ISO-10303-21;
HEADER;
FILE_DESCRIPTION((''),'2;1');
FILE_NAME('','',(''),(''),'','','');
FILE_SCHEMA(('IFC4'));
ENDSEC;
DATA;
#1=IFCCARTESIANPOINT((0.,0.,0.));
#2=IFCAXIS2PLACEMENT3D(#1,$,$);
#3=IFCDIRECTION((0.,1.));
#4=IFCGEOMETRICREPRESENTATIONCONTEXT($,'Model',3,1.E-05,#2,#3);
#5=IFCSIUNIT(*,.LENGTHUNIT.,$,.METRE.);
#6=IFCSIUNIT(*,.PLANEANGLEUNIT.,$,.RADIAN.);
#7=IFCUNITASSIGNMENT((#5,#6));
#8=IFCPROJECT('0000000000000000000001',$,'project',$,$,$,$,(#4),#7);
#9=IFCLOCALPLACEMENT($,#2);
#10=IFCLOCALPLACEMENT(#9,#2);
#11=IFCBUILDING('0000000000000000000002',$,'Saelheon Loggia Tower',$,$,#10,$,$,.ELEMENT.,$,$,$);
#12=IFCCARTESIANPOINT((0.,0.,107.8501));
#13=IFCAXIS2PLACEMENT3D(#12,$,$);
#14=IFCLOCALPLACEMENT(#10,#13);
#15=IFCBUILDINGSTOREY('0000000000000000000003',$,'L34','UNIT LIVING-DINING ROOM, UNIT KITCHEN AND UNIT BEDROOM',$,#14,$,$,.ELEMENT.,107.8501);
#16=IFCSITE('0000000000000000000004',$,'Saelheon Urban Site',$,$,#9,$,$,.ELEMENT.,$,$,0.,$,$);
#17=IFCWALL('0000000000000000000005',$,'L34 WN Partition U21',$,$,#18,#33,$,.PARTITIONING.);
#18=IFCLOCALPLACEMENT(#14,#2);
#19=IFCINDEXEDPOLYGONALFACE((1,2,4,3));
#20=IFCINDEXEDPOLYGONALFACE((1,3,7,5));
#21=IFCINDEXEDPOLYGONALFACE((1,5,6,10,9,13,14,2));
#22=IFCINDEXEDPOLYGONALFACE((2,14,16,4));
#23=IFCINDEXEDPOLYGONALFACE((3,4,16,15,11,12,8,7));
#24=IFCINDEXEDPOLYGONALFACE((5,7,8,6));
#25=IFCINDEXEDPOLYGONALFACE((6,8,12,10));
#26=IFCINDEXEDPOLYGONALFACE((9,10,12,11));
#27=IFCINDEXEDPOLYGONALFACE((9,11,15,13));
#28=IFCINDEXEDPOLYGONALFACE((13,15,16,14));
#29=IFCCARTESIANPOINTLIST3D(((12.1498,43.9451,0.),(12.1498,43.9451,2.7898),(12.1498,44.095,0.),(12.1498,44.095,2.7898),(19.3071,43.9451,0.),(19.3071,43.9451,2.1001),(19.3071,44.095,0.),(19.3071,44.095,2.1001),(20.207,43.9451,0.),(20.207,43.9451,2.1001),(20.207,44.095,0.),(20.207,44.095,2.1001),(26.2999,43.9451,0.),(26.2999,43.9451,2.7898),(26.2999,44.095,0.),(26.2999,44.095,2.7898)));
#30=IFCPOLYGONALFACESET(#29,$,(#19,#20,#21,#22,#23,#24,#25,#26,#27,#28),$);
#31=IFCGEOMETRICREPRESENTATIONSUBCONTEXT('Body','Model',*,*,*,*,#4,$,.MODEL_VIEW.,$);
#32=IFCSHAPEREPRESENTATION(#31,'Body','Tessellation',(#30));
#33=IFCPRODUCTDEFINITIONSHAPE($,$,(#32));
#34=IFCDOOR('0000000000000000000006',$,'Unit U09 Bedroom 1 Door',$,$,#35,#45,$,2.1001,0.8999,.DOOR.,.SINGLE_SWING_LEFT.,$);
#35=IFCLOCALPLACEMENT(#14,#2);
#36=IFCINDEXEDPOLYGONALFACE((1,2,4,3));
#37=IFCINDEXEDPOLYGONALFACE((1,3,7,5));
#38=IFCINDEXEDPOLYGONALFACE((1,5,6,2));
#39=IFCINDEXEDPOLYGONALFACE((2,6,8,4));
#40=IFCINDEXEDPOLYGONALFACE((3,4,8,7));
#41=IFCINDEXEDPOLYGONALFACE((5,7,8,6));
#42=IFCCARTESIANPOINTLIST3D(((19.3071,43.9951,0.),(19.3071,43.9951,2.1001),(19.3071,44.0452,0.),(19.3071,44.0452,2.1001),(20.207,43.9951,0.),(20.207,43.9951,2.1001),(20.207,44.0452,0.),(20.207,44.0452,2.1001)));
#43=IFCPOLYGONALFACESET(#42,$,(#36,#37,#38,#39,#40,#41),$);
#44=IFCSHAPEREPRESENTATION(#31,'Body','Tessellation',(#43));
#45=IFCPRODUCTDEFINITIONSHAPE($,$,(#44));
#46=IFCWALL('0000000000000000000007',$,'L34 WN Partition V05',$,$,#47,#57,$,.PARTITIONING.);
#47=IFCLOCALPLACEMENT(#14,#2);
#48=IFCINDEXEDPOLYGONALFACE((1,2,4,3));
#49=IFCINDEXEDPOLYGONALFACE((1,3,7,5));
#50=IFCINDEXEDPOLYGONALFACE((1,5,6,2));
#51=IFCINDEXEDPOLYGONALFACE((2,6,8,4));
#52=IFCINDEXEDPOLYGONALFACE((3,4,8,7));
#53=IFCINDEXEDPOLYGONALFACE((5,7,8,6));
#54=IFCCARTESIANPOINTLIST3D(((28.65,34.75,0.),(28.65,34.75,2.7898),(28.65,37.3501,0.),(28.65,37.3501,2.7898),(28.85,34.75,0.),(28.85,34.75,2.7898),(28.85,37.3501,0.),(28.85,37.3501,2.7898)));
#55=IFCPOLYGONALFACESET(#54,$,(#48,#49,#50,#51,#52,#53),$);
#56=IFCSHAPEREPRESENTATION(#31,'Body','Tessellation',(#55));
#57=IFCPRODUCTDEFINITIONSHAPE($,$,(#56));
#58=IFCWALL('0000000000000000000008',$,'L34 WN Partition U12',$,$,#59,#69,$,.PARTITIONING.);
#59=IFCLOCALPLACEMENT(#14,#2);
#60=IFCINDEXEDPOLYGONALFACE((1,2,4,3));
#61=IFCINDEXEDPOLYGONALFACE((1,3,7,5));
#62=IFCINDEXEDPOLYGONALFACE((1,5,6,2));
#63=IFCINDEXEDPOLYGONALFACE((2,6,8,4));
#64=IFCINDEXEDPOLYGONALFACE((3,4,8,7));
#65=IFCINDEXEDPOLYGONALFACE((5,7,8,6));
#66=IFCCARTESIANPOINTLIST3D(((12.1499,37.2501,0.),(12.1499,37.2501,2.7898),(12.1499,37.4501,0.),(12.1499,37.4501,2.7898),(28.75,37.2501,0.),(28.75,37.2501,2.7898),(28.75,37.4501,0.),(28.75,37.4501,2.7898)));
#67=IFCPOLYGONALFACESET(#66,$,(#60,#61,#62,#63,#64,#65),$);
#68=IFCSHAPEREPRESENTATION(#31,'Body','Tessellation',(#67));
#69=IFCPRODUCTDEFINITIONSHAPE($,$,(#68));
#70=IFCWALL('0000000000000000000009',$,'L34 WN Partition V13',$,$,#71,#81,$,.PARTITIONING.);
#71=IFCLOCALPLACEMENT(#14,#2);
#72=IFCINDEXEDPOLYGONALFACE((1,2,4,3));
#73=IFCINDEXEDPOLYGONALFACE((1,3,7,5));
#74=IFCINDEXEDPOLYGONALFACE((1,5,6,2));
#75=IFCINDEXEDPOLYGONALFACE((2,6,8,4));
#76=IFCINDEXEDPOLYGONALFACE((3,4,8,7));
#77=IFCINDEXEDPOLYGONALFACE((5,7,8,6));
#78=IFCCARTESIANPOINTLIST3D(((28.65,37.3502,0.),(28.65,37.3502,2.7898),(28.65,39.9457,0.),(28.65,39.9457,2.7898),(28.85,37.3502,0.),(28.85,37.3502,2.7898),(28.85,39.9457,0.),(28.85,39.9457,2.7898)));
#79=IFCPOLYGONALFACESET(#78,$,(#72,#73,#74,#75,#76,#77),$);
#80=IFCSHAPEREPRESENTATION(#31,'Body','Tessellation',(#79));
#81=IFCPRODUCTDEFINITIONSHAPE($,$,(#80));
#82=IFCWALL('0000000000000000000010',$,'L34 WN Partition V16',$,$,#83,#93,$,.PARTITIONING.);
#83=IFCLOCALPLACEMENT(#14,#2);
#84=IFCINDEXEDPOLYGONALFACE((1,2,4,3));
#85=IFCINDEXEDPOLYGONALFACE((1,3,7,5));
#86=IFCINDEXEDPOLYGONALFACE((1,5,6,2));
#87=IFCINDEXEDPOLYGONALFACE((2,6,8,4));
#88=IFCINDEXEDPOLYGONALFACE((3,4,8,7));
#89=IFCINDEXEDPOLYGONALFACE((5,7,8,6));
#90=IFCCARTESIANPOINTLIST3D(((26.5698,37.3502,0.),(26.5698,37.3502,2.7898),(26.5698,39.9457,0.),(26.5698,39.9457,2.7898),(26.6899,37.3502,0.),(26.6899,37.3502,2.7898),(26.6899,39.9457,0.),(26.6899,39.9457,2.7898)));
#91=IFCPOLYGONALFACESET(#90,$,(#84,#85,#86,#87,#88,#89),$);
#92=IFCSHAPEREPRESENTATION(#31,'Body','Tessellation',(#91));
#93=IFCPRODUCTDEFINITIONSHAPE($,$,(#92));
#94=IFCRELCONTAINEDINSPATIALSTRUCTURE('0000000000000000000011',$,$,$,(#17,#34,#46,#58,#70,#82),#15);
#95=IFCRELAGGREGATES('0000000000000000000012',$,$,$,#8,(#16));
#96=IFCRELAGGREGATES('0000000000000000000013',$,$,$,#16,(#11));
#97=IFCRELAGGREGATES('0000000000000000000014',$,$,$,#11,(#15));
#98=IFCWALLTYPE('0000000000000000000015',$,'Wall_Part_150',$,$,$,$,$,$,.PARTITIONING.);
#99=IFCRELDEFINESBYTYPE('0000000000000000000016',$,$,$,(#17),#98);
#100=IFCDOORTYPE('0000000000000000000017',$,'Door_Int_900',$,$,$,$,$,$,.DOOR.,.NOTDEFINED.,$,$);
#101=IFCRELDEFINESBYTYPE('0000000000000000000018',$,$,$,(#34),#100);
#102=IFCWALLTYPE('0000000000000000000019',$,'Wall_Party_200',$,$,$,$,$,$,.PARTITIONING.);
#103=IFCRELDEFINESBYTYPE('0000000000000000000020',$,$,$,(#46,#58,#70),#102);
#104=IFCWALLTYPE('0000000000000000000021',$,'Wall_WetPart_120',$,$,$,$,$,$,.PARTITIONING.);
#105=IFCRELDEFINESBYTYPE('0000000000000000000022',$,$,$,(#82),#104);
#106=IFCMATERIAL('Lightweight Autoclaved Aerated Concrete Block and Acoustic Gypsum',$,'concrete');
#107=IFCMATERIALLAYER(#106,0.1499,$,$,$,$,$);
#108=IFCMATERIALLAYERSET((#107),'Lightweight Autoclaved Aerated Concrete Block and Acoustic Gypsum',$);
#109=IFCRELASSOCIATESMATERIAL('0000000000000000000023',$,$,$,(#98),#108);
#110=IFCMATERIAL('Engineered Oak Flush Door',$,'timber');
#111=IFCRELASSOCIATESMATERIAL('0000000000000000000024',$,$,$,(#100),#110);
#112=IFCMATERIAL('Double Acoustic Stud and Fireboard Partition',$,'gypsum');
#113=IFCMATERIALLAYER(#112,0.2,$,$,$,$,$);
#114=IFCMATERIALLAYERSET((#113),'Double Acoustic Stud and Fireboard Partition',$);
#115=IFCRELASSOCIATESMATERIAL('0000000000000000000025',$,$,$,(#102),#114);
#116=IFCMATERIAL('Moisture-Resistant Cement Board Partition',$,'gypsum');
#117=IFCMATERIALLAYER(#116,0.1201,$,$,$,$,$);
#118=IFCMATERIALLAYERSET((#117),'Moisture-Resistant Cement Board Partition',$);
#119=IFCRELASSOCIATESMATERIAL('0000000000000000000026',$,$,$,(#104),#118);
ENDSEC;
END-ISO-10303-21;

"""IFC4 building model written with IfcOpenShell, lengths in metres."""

from ifc_helpers import new_model, si_unit, direction, frame, frame_2d, origin, place, context, subcontext, project, spatial, rectangle, extrude, source, transform, mapped, material, layer, layer_set, type_object, element, fill, save


model = new_model("IFC4")

# Units and contexts
model_context = context("Model", 3, precision=1e-05, world=origin(), true_north=direction((0.0, 1.0)))
body_context = subcontext(model_context, "Body", "Model", "MODEL_VIEW")
ifc_project = project(units=[si_unit("LENGTHUNIT", "METRE"), si_unit("PLANEANGLEUNIT", "RADIAN")], contexts=[model_context])

# Site, building, storey
site_placement = place(None, origin())
site = spatial("IfcSite", under=ifc_project, at=site_placement, Name="Saelheon Urban Site", CompositionType="ELEMENT", RefElevation=0.0)
building_placement = place(site_placement, origin())
building = spatial("IfcBuilding", under=site, at=building_placement, Name="Saelheon Loggia Tower", CompositionType="ELEMENT")
storey_placement = place(building_placement, frame((0.0, 0.0, 107.8501)))
storey = spatial("IfcBuildingStorey", under=building, at=storey_placement, Name="L34", Description="UNIT LIVING-DINING ROOM, UNIT KITCHEN AND UNIT BEDROOM", CompositionType="ELEMENT", Elevation=107.8501)

# Shared definitions
ifc_material_1 = material(Name="Lightweight Autoclaved Aerated Concrete Block and Acoustic Gypsum", Category="concrete")
ifc_layer_1 = layer(ifc_material_1, 0.1499)
ifc_layer_set_1 = layer_set([ifc_layer_1], Name="Lightweight Autoclaved Aerated Concrete Block and Acoustic Gypsum")
wall_type_1 = type_object("IfcWallType", Name="Wall_Part_150", PredefinedType="PARTITIONING", material=ifc_layer_set_1)
ifc_material_2 = material(Name="Engineered Oak Flush Door", Category="timber")
door_type = type_object("IfcDoorType", Name="Door_Int_900", OperationType="NOTDEFINED", PredefinedType="DOOR", material=ifc_material_2)
shared_shape_1 = source(origin(), body_context, "Body", "SweptSolid", [
    extrude(rectangle(XDim=0.8999, YDim=2.1001, at=frame_2d((0.45, 1.05))), frame((0.0, 0.0249, 0.0), z_axis=(0.0, -1.0, 0.0), x_axis=(1.0, 0.0, 0.0)), (0.0, 0.0, 1.0), 0.05),
])

# Wall, opening, door
wall_1_placement = place(storey_placement, frame((26.3, 44.02, 0.0), z_axis=(0.0, 0.0, 1.0), x_axis=(-1.0, 0.0, 0.0)))
wall_1 = element("IfcWall", 1, at=wall_1_placement, inside=storey, type_object=wall_type_1, Name="L34 WN Partition U21", PredefinedType="PARTITIONING", context=body_context, shape_type="SweptSolid", body=[
    extrude(rectangle(XDim=14.1501, YDim=0.1499, at=frame_2d((7.0752, 0.0))), origin(), (0.0, 0.0, 1.0), 2.7898),
])
opening_1_placement = place(wall_1_placement, frame((6.093, 0.0, 0.0)))
opening_1 = element("IfcOpeningElement", 2, at=opening_1_placement, cuts=wall_1, PredefinedType="OPENING", context=body_context, shape_type="SweptSolid", body=[
    extrude(rectangle(XDim=0.8999, YDim=2.1001, at=frame_2d((0.45, 1.05))), frame((0.0, 0.0869, 0.0), z_axis=(0.0, -1.0, 0.0), x_axis=(1.0, 0.0, 0.0)), (0.0, 0.0, 1.0), 0.1738),
])
door_1_placement = place(opening_1_placement, origin())
door_1 = element("IfcDoor", 3, at=door_1_placement, inside=storey, type_object=door_type, Name="Unit U09 Bedroom 1 Door", OperationType="SINGLE_SWING_LEFT", OverallHeight=2.1001, OverallWidth=0.8999, PredefinedType="DOOR", context=body_context, shape_type="MappedRepresentation", body=[
    mapped(shared_shape_1, transform((0.0, 0.0, 0.0), scale=1.0)),
])
fill(opening_1, door_1)

# Walls
ifc_material_3 = material(Name="Double Acoustic Stud and Fireboard Partition", Category="gypsum")
ifc_layer_2 = layer(ifc_material_3, 0.2)
ifc_layer_set_2 = layer_set([ifc_layer_2], Name="Double Acoustic Stud and Fireboard Partition")
wall_type_2 = type_object("IfcWallType", Name="Wall_Party_200", PredefinedType="PARTITIONING", material=ifc_layer_set_2)
wall_2_placement = place(storey_placement, frame((28.75, 34.75, 0.0), z_axis=(0.0, 0.0, 1.0), x_axis=(0.0, 1.0, 0.0)))
element("IfcWall", 4, at=wall_2_placement, inside=storey, type_object=wall_type_2, Name="L34 WN Partition V05", PredefinedType="PARTITIONING", context=body_context, shape_type="SweptSolid", body=[
    extrude(rectangle(XDim=2.6001, YDim=0.2, at=frame_2d((1.3, 0.0))), origin(), (0.0, 0.0, 1.0), 2.7898),
])
wall_3_placement = place(storey_placement, frame((28.75, 37.3501, 0.0), z_axis=(0.0, 0.0, 1.0), x_axis=(-1.0, 0.0, 0.0)))
element("IfcWall", 5, at=wall_3_placement, inside=storey, type_object=wall_type_2, Name="L34 WN Partition U12", PredefinedType="PARTITIONING", context=body_context, shape_type="SweptSolid", body=[
    extrude(rectangle(XDim=16.6001, YDim=0.2, at=frame_2d((8.3, 0.0))), origin(), (0.0, 0.0, 1.0), 2.7898),
])
wall_4_placement = place(storey_placement, frame((28.75, 37.3501, 0.0), z_axis=(0.0, 0.0, 1.0), x_axis=(0.0, 1.0, 0.0)))
element("IfcWall", 6, at=wall_4_placement, inside=storey, type_object=wall_type_2, Name="L34 WN Partition V13", PredefinedType="PARTITIONING", context=body_context, shape_type="SweptSolid", body=[
    extrude(rectangle(XDim=2.5955, YDim=0.2, at=frame_2d((1.2979, 0.0))), origin(), (0.0, 0.0, 1.0), 2.7898),
])
ifc_material_4 = material(Name="Moisture-Resistant Cement Board Partition", Category="gypsum")
ifc_layer_3 = layer(ifc_material_4, 0.1201)
ifc_layer_set_3 = layer_set([ifc_layer_3], Name="Moisture-Resistant Cement Board Partition")
wall_type_3 = type_object("IfcWallType", Name="Wall_WetPart_120", PredefinedType="PARTITIONING", material=ifc_layer_set_3)
wall_5_placement = place(storey_placement, frame((26.6299, 37.3501, 0.0), z_axis=(0.0, 0.0, 1.0), x_axis=(0.0, 1.0, 0.0)))
element("IfcWall", 7, at=wall_5_placement, inside=storey, type_object=wall_type_3, Name="L34 WN Partition V16", PredefinedType="PARTITIONING", context=body_context, shape_type="SweptSolid", body=[
    extrude(rectangle(XDim=2.5955, YDim=0.1201, at=frame_2d((1.2979, 0.0))), origin(), (0.0, 0.0, 1.0), 2.7898),
])

save(model, "model.ifc")
